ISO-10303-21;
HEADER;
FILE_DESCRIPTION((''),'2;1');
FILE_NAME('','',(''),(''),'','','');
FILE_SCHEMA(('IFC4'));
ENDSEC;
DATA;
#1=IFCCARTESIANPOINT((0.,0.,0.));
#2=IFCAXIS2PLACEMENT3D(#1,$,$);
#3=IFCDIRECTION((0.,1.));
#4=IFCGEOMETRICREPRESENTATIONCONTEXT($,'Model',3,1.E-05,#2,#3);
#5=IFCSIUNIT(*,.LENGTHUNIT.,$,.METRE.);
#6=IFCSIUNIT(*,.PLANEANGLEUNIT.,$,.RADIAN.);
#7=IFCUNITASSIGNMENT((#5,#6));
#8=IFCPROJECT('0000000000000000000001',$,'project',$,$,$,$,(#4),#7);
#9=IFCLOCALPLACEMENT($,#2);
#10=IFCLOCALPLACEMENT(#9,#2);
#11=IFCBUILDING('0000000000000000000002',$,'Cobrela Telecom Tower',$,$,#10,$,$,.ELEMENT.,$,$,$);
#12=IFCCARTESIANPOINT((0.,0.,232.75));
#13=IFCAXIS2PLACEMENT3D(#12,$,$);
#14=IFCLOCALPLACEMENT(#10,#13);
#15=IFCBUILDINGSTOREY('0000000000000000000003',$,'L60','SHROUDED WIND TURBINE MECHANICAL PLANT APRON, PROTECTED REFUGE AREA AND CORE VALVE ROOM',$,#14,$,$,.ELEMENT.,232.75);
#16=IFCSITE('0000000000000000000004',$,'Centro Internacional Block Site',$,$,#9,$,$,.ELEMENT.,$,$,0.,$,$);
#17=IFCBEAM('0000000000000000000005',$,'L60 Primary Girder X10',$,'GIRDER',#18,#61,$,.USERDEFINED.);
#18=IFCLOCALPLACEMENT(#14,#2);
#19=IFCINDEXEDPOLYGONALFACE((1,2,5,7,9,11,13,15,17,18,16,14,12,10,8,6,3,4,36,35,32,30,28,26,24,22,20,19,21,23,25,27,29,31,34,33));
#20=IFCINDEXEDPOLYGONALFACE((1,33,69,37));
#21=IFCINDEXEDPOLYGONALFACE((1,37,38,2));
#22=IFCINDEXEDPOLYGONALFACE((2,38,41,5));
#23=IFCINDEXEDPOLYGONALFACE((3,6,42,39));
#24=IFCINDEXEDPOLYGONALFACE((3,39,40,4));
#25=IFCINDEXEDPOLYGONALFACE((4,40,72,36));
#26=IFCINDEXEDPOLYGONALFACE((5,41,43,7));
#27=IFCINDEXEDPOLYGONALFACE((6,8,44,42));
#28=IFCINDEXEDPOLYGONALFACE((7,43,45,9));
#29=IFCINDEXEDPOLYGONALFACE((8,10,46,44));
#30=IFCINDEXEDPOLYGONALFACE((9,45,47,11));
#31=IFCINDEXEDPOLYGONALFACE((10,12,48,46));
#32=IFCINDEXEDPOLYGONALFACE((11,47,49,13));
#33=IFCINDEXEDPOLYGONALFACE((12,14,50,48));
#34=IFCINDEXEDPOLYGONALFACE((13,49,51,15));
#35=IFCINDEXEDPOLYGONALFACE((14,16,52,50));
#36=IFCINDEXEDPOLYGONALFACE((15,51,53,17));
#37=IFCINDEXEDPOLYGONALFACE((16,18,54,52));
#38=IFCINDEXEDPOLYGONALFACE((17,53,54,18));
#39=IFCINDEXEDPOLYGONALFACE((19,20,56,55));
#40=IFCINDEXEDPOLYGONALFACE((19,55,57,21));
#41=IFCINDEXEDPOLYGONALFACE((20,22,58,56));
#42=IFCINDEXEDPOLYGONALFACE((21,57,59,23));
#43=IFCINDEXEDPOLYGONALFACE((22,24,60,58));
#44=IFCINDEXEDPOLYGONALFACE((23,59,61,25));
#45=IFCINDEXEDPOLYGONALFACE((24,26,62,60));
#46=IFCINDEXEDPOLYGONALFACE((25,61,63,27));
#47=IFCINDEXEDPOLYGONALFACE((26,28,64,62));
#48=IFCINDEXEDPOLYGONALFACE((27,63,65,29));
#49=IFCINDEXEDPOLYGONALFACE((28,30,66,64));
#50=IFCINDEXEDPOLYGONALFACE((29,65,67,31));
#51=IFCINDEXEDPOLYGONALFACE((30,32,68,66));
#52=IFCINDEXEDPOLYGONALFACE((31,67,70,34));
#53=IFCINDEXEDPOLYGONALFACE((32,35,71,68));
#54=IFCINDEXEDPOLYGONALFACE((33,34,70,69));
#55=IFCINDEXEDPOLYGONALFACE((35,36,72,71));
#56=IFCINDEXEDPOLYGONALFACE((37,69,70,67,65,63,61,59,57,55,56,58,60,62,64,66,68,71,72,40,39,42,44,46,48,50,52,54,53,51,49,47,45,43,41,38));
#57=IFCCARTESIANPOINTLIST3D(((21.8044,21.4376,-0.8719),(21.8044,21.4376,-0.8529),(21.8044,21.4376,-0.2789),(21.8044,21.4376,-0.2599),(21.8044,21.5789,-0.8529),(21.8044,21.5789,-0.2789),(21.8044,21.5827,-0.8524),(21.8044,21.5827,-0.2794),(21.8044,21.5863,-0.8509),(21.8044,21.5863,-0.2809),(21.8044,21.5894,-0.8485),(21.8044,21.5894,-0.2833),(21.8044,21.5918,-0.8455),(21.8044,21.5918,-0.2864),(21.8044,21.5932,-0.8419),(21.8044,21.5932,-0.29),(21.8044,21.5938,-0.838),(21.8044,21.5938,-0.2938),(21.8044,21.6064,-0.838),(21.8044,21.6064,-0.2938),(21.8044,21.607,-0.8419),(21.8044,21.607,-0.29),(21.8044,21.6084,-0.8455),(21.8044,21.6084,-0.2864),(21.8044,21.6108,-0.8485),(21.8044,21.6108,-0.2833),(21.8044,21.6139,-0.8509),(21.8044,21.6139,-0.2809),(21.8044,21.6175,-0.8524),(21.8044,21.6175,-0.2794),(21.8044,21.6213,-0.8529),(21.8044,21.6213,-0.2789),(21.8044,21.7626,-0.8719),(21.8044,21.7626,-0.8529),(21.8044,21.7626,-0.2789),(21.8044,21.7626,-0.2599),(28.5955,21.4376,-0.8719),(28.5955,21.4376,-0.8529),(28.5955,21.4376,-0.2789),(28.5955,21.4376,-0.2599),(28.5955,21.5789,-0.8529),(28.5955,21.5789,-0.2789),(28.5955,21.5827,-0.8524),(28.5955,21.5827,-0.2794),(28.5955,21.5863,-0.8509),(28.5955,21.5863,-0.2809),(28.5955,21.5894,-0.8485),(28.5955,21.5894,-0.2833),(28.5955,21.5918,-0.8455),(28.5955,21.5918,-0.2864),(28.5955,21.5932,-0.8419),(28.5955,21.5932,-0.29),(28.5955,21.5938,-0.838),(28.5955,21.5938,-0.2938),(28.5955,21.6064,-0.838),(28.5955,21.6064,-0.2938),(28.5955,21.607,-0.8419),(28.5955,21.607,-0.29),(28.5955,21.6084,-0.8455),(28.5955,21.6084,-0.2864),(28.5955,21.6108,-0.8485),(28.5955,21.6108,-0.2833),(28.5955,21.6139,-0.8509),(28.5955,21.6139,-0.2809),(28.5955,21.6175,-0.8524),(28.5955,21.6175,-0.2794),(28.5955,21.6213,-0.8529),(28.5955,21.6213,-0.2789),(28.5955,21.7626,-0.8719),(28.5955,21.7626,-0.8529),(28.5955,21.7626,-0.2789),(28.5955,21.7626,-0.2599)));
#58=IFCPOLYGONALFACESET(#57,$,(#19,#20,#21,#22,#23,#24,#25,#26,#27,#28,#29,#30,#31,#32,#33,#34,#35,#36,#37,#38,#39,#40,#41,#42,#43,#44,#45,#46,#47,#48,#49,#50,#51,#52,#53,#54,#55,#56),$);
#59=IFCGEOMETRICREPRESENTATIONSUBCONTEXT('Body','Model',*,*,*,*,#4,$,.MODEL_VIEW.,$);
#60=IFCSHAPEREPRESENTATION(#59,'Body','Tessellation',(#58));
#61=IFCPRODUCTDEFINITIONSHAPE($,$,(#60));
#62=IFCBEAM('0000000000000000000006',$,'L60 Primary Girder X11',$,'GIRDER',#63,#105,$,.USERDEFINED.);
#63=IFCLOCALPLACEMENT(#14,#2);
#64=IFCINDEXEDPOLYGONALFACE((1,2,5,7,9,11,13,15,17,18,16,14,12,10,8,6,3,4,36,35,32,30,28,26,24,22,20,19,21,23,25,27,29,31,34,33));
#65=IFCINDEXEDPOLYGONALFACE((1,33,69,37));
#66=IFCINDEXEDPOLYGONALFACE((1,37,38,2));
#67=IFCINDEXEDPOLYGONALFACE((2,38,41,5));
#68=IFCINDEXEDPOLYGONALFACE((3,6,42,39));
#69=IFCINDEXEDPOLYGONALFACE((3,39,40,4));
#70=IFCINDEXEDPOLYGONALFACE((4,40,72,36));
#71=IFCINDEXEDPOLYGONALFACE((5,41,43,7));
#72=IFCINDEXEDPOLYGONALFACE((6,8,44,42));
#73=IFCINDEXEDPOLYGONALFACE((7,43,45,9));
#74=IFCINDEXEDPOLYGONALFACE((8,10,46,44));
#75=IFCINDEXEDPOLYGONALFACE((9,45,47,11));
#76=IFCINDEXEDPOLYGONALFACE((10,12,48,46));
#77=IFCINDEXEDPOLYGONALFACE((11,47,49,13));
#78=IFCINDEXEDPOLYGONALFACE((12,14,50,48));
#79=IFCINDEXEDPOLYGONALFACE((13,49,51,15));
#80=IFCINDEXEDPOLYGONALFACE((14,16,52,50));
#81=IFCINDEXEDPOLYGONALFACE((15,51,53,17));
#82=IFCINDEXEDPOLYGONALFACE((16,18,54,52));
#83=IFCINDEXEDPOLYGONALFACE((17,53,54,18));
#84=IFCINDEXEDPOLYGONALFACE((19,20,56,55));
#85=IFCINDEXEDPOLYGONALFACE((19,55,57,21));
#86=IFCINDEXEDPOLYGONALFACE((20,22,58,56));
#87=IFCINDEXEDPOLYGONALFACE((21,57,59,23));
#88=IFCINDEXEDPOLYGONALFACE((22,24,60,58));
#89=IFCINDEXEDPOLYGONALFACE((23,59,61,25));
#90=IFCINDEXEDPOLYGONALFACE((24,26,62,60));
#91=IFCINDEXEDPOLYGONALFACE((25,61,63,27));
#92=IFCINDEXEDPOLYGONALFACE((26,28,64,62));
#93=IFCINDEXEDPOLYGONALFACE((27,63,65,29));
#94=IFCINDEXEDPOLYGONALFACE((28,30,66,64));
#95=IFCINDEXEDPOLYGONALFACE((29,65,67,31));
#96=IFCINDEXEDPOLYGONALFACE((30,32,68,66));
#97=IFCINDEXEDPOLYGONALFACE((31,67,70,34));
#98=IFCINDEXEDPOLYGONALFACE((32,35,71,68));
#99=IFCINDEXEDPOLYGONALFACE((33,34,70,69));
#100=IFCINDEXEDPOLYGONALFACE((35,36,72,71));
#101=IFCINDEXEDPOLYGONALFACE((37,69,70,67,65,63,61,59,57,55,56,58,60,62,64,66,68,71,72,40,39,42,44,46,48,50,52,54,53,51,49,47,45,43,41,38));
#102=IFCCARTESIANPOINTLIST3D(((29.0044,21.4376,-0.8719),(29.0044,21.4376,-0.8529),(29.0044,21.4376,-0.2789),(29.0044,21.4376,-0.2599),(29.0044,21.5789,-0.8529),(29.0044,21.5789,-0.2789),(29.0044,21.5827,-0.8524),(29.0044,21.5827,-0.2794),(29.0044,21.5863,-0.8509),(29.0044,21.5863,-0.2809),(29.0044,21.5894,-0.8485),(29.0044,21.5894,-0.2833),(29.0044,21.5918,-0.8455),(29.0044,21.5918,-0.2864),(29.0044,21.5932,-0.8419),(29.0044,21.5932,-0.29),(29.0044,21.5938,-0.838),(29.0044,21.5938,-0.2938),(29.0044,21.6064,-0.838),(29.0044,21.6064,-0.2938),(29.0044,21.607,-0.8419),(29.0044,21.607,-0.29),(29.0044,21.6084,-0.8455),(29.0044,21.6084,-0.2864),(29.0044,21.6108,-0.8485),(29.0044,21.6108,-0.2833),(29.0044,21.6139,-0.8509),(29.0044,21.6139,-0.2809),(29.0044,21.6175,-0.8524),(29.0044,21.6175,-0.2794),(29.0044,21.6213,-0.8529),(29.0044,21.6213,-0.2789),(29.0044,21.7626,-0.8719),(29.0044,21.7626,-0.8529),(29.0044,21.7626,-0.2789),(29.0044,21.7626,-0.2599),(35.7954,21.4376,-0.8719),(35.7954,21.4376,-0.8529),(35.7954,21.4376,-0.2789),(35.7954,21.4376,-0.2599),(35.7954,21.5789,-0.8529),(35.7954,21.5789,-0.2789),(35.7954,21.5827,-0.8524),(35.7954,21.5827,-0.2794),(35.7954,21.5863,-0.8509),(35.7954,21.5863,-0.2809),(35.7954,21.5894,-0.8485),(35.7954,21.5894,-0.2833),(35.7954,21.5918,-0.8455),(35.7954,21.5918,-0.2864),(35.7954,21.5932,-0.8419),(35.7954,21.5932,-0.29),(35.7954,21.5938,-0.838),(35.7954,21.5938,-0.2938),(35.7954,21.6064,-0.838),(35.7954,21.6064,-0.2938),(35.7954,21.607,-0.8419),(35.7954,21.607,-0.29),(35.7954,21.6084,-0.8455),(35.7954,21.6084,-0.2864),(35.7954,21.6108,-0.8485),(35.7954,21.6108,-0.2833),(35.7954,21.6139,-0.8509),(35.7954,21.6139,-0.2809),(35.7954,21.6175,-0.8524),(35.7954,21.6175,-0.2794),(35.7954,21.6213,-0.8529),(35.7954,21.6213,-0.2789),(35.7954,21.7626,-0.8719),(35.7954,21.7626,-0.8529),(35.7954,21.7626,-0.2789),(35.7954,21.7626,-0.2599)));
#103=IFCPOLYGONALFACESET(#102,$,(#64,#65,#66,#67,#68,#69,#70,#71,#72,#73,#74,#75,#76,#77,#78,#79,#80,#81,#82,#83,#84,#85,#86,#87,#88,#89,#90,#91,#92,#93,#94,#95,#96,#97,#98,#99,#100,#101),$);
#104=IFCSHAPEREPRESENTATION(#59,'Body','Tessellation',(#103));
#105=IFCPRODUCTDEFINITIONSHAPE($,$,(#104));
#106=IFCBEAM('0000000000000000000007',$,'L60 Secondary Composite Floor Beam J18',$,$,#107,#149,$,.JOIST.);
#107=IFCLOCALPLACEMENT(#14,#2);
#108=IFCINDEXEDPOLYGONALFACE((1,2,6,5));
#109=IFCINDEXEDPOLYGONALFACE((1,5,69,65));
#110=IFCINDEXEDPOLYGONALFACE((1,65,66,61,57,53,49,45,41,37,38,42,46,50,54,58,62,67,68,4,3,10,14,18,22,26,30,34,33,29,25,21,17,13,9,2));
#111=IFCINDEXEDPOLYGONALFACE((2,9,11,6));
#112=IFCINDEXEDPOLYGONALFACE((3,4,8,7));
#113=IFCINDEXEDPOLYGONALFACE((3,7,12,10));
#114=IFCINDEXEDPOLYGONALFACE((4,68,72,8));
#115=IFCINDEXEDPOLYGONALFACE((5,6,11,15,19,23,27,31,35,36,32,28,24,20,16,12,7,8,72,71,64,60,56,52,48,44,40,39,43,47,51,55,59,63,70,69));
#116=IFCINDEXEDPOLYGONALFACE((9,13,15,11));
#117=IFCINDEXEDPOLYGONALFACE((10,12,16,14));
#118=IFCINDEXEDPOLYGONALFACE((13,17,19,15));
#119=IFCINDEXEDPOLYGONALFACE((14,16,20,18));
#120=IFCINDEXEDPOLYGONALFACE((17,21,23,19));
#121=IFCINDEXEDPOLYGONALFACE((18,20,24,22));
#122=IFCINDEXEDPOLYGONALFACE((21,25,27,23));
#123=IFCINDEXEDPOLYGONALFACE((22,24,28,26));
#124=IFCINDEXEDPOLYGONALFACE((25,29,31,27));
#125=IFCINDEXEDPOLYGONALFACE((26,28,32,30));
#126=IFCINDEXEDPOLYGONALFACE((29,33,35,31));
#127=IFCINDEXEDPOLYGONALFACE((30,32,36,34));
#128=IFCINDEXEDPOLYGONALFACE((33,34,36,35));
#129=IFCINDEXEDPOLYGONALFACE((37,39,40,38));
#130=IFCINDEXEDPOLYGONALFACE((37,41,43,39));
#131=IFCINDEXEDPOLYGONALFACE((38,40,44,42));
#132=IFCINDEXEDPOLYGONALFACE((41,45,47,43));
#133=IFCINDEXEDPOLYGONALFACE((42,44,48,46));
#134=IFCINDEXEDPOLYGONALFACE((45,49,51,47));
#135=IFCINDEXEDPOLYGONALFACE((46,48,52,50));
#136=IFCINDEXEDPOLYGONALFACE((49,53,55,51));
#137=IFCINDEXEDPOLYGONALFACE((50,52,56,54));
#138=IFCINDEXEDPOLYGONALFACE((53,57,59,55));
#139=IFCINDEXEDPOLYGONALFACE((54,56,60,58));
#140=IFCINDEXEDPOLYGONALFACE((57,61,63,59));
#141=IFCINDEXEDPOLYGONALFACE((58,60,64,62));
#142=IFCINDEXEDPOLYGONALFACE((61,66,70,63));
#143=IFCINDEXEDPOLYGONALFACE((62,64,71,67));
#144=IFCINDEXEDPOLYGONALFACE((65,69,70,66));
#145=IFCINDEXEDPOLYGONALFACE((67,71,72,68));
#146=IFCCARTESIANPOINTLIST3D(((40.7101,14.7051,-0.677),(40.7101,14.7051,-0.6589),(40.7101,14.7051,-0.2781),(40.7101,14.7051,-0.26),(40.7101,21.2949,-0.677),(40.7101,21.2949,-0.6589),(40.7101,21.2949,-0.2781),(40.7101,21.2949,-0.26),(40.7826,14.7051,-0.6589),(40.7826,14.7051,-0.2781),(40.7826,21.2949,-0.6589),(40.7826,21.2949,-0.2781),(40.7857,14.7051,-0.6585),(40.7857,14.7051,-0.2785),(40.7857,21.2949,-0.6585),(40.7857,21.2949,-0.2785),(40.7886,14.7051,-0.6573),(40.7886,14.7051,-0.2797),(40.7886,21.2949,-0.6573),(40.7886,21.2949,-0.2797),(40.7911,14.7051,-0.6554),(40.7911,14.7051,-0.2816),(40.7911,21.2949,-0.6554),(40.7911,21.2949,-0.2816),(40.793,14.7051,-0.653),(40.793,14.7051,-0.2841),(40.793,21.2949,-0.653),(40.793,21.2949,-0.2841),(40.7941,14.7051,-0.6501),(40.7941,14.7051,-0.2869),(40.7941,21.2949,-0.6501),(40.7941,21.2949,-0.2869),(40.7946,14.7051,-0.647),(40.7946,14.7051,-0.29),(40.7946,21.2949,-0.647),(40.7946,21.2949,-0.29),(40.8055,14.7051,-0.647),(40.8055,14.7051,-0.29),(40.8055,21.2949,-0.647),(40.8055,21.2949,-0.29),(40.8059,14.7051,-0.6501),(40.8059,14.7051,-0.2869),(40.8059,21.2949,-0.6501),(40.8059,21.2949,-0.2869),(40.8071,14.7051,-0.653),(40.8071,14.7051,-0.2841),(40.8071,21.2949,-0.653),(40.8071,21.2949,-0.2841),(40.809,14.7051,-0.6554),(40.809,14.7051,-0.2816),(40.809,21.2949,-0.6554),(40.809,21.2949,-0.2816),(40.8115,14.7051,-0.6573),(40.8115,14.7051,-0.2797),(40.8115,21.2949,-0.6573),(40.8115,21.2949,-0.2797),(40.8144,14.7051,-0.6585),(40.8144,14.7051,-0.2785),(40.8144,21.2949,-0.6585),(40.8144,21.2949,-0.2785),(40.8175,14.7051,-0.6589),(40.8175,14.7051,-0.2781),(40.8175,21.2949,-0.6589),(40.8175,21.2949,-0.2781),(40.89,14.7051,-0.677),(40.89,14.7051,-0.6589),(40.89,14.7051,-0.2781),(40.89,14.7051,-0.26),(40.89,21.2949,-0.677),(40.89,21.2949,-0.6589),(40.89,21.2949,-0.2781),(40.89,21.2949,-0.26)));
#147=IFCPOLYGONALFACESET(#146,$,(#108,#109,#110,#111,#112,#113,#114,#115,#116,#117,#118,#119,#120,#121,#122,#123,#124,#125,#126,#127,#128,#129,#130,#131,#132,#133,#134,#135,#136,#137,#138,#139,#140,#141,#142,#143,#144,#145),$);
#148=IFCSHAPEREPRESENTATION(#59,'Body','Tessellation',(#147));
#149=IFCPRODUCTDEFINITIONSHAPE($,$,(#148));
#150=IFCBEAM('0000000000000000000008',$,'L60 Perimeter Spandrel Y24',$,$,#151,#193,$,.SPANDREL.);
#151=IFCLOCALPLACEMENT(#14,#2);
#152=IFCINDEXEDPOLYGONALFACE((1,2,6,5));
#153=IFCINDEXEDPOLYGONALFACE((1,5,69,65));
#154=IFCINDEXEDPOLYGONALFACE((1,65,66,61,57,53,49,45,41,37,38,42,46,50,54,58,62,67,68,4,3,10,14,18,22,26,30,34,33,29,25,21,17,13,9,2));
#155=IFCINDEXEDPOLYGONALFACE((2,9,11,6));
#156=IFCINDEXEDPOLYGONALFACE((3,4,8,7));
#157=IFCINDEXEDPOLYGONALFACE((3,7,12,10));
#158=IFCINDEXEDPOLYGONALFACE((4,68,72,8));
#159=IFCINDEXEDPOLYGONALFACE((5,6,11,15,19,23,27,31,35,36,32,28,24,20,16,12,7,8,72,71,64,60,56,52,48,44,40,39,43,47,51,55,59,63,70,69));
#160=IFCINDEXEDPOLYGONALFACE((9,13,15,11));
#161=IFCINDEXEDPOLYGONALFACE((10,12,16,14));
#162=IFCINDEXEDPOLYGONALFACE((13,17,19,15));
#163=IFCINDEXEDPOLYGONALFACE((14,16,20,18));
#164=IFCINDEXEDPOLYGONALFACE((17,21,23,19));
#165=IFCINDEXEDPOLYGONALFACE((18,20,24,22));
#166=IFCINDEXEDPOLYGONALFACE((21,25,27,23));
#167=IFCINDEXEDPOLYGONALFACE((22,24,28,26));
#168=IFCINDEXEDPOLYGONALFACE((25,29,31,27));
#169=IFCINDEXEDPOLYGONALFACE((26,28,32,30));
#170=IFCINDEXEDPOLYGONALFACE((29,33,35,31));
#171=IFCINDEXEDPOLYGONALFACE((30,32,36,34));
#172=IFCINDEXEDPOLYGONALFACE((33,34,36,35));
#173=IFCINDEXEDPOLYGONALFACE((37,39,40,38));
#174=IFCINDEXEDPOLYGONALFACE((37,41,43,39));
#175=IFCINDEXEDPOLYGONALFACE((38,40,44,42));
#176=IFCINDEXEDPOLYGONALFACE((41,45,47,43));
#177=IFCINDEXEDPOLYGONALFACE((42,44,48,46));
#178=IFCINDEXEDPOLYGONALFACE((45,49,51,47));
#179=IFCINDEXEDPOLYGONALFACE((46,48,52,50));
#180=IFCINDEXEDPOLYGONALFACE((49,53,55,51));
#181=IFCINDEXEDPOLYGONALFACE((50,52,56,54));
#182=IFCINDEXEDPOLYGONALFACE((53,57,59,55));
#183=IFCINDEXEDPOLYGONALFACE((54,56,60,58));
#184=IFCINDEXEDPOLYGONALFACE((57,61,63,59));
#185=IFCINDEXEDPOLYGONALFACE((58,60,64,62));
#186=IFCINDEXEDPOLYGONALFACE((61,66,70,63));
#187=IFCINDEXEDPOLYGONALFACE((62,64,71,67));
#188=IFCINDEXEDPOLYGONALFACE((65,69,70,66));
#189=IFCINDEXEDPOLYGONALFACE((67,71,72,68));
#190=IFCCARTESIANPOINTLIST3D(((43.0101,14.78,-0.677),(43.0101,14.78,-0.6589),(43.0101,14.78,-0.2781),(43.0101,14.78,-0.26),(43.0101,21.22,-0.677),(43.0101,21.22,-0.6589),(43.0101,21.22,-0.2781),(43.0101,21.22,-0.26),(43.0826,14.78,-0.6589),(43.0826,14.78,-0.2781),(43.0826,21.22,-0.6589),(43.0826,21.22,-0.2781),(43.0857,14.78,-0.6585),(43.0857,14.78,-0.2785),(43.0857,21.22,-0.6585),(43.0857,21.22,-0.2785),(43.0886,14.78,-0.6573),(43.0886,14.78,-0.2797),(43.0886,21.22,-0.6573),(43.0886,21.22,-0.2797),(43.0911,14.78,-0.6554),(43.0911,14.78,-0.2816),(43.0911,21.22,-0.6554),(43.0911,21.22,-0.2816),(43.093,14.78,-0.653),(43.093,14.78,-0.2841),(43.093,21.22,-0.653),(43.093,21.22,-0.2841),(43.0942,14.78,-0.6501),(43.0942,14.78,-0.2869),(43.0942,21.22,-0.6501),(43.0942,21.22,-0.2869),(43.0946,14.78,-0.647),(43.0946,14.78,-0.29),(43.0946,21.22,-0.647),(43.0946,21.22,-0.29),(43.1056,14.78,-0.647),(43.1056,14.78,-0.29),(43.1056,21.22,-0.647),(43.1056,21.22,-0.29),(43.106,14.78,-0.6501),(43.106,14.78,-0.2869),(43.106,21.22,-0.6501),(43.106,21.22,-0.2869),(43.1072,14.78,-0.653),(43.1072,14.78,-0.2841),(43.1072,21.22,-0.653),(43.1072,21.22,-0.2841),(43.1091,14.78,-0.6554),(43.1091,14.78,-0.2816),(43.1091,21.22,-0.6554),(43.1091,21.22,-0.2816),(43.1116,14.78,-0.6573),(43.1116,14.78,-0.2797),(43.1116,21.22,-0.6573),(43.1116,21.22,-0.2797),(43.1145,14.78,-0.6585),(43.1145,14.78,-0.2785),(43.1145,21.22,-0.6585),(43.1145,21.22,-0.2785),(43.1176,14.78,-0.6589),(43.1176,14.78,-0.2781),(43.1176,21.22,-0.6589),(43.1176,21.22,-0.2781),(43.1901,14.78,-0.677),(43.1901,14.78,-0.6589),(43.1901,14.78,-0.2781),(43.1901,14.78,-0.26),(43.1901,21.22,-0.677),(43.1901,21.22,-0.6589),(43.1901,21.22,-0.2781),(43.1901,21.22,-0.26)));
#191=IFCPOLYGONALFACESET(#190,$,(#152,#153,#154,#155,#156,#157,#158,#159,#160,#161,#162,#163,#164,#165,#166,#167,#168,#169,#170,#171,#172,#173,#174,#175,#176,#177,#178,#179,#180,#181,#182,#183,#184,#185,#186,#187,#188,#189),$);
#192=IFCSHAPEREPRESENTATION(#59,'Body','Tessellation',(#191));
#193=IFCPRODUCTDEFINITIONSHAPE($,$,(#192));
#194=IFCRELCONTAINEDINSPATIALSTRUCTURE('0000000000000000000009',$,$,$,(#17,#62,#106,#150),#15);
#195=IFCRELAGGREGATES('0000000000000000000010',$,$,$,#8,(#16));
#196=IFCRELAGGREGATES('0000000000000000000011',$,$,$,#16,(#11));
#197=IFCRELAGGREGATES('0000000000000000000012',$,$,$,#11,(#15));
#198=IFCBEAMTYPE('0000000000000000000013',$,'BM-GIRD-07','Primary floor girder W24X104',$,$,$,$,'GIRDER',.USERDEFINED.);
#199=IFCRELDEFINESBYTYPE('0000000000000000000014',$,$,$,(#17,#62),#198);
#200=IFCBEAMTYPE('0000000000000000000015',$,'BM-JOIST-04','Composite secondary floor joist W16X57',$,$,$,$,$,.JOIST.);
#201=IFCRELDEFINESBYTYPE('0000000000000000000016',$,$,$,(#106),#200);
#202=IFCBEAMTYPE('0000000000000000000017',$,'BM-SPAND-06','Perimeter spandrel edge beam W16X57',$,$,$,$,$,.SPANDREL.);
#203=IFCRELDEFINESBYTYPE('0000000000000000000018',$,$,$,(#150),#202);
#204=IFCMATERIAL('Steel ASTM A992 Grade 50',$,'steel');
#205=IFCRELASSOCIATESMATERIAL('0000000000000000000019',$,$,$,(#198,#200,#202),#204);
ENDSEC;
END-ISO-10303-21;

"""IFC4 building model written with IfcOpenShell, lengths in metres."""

from ifc_helpers import new_model, si_unit, direction, frame, origin, origin_2d, place, context, subcontext, project, spatial, i_section, extrude, material, material_profile, profile_set, type_object, element, save


model = new_model("IFC4")

# Units and contexts
model_context = context("Model", 3, precision=1e-05, world=origin(), true_north=direction((0.0, 1.0)))
body_context = subcontext(model_context, "Body", "Model", "MODEL_VIEW")
ifc_project = project(units=[si_unit("LENGTHUNIT", "METRE"), si_unit("PLANEANGLEUNIT", "RADIAN")], contexts=[model_context])

# Site, building, storey
site_placement = place(None, origin())
site = spatial("IfcSite", under=ifc_project, at=site_placement, Name="Centro Internacional Block Site", CompositionType="ELEMENT", RefElevation=0.0)
building_placement = place(site_placement, origin())
building = spatial("IfcBuilding", under=site, at=building_placement, Name="Cobrela Telecom Tower", CompositionType="ELEMENT")
storey_placement = place(building_placement, frame((0.0, 0.0, 232.75)))
storey = spatial("IfcBuildingStorey", under=building, at=storey_placement, Name="L60", Description="SHROUDED WIND TURBINE MECHANICAL PLANT APRON, PROTECTED REFUGE AREA AND CORE VALVE ROOM", CompositionType="ELEMENT", Elevation=232.75)

# Shared definitions
ifc_material_1 = material(Name="Steel ASTM A992 Grade 50", Category="steel")

# Beams
ifc_material_profile_1 = material_profile(ifc_material_1, i_section(OverallWidth=0.325, OverallDepth=0.6121, WebThickness=0.0127, FlangeThickness=0.019, FilletRadius=0.0149, at=origin_2d()), Name="W24X104")
ifc_profile_set_1 = profile_set([ifc_material_profile_1], Name="Steel ASTM A992 Grade 50")
beam_type_1 = type_object("IfcBeamType", Name="BM-GIRD-07", Description="Primary floor girder W24X104", ElementType="GIRDER", PredefinedType="USERDEFINED", material=ifc_profile_set_1)
for number, where, z_axis, x_axis, name in (
    (1, (21.8044, 21.6001, -0.5659), (1.0, 0.0, 0.0), (0.0, 1.0, 0.0), "L60 Primary Girder X10"),
    (2, (29.0044, 21.6001, -0.5659), (1.0, 0.0, 0.0), (0.0, 1.0, 0.0), "L60 Primary Girder X11"),
):
    element("IfcBeam", number, at=place(storey_placement, frame(where, z_axis=z_axis, x_axis=x_axis)), inside=storey, type_object=beam_type_1, Name=name, ObjectType="GIRDER", PredefinedType="USERDEFINED", context=body_context, shape_type="SweptSolid", body=[
        extrude(i_section(OverallWidth=0.325, OverallDepth=0.6121, WebThickness=0.0127, FlangeThickness=0.019, FilletRadius=0.0149, at=origin_2d()), origin(), (0.0, 0.0, 1.0), 6.791),
    ])
ifc_material_profile_2 = material_profile(ifc_material_1, i_section(OverallWidth=0.1799, OverallDepth=0.417, WebThickness=0.011, FlangeThickness=0.0181, FilletRadius=0.012, at=origin_2d()), Name="W16X57")
ifc_profile_set_2 = profile_set([ifc_material_profile_2], Name="Steel ASTM A992 Grade 50")
beam_type_2 = type_object("IfcBeamType", Name="BM-JOIST-04", Description="Composite secondary floor joist W16X57", PredefinedType="JOIST", material=ifc_profile_set_2)
beam_1_placement = place(storey_placement, frame((40.8, 14.7051, -0.4685), z_axis=(0.0, 1.0, 0.0), x_axis=(-1.0, 0.0, 0.0)))
element("IfcBeam", 3, at=beam_1_placement, inside=storey, type_object=beam_type_2, Name="L60 Secondary Composite Floor Beam J18", PredefinedType="JOIST", context=body_context, shape_type="SweptSolid", body=[
    extrude(i_section(OverallWidth=0.1799, OverallDepth=0.417, WebThickness=0.011, FlangeThickness=0.0181, FilletRadius=0.012, at=origin_2d()), origin(), (0.0, 0.0, 1.0), 6.5898),
])
ifc_material_profile_3 = material_profile(ifc_material_1, i_section(OverallWidth=0.1799, OverallDepth=0.417, WebThickness=0.011, FlangeThickness=0.0181, FilletRadius=0.012, at=origin_2d()), Name="W16X57")
ifc_profile_set_3 = profile_set([ifc_material_profile_3], Name="Steel ASTM A992 Grade 50")
beam_type_3 = type_object("IfcBeamType", Name="BM-SPAND-06", Description="Perimeter spandrel edge beam W16X57", PredefinedType="SPANDREL", material=ifc_profile_set_3)
beam_2_placement = place(storey_placement, frame((43.1001, 14.78, -0.4685), z_axis=(0.0, 1.0, 0.0), x_axis=(-1.0, 0.0, 0.0)))
element("IfcBeam", 4, at=beam_2_placement, inside=storey, type_object=beam_type_3, Name="L60 Perimeter Spandrel Y24", PredefinedType="SPANDREL", context=body_context, shape_type="SweptSolid", body=[
    extrude(i_section(OverallWidth=0.1799, OverallDepth=0.417, WebThickness=0.011, FlangeThickness=0.0181, FilletRadius=0.012, at=origin_2d()), origin(), (0.0, 0.0, 1.0), 6.4399),
])

save(model, "model.ifc")
